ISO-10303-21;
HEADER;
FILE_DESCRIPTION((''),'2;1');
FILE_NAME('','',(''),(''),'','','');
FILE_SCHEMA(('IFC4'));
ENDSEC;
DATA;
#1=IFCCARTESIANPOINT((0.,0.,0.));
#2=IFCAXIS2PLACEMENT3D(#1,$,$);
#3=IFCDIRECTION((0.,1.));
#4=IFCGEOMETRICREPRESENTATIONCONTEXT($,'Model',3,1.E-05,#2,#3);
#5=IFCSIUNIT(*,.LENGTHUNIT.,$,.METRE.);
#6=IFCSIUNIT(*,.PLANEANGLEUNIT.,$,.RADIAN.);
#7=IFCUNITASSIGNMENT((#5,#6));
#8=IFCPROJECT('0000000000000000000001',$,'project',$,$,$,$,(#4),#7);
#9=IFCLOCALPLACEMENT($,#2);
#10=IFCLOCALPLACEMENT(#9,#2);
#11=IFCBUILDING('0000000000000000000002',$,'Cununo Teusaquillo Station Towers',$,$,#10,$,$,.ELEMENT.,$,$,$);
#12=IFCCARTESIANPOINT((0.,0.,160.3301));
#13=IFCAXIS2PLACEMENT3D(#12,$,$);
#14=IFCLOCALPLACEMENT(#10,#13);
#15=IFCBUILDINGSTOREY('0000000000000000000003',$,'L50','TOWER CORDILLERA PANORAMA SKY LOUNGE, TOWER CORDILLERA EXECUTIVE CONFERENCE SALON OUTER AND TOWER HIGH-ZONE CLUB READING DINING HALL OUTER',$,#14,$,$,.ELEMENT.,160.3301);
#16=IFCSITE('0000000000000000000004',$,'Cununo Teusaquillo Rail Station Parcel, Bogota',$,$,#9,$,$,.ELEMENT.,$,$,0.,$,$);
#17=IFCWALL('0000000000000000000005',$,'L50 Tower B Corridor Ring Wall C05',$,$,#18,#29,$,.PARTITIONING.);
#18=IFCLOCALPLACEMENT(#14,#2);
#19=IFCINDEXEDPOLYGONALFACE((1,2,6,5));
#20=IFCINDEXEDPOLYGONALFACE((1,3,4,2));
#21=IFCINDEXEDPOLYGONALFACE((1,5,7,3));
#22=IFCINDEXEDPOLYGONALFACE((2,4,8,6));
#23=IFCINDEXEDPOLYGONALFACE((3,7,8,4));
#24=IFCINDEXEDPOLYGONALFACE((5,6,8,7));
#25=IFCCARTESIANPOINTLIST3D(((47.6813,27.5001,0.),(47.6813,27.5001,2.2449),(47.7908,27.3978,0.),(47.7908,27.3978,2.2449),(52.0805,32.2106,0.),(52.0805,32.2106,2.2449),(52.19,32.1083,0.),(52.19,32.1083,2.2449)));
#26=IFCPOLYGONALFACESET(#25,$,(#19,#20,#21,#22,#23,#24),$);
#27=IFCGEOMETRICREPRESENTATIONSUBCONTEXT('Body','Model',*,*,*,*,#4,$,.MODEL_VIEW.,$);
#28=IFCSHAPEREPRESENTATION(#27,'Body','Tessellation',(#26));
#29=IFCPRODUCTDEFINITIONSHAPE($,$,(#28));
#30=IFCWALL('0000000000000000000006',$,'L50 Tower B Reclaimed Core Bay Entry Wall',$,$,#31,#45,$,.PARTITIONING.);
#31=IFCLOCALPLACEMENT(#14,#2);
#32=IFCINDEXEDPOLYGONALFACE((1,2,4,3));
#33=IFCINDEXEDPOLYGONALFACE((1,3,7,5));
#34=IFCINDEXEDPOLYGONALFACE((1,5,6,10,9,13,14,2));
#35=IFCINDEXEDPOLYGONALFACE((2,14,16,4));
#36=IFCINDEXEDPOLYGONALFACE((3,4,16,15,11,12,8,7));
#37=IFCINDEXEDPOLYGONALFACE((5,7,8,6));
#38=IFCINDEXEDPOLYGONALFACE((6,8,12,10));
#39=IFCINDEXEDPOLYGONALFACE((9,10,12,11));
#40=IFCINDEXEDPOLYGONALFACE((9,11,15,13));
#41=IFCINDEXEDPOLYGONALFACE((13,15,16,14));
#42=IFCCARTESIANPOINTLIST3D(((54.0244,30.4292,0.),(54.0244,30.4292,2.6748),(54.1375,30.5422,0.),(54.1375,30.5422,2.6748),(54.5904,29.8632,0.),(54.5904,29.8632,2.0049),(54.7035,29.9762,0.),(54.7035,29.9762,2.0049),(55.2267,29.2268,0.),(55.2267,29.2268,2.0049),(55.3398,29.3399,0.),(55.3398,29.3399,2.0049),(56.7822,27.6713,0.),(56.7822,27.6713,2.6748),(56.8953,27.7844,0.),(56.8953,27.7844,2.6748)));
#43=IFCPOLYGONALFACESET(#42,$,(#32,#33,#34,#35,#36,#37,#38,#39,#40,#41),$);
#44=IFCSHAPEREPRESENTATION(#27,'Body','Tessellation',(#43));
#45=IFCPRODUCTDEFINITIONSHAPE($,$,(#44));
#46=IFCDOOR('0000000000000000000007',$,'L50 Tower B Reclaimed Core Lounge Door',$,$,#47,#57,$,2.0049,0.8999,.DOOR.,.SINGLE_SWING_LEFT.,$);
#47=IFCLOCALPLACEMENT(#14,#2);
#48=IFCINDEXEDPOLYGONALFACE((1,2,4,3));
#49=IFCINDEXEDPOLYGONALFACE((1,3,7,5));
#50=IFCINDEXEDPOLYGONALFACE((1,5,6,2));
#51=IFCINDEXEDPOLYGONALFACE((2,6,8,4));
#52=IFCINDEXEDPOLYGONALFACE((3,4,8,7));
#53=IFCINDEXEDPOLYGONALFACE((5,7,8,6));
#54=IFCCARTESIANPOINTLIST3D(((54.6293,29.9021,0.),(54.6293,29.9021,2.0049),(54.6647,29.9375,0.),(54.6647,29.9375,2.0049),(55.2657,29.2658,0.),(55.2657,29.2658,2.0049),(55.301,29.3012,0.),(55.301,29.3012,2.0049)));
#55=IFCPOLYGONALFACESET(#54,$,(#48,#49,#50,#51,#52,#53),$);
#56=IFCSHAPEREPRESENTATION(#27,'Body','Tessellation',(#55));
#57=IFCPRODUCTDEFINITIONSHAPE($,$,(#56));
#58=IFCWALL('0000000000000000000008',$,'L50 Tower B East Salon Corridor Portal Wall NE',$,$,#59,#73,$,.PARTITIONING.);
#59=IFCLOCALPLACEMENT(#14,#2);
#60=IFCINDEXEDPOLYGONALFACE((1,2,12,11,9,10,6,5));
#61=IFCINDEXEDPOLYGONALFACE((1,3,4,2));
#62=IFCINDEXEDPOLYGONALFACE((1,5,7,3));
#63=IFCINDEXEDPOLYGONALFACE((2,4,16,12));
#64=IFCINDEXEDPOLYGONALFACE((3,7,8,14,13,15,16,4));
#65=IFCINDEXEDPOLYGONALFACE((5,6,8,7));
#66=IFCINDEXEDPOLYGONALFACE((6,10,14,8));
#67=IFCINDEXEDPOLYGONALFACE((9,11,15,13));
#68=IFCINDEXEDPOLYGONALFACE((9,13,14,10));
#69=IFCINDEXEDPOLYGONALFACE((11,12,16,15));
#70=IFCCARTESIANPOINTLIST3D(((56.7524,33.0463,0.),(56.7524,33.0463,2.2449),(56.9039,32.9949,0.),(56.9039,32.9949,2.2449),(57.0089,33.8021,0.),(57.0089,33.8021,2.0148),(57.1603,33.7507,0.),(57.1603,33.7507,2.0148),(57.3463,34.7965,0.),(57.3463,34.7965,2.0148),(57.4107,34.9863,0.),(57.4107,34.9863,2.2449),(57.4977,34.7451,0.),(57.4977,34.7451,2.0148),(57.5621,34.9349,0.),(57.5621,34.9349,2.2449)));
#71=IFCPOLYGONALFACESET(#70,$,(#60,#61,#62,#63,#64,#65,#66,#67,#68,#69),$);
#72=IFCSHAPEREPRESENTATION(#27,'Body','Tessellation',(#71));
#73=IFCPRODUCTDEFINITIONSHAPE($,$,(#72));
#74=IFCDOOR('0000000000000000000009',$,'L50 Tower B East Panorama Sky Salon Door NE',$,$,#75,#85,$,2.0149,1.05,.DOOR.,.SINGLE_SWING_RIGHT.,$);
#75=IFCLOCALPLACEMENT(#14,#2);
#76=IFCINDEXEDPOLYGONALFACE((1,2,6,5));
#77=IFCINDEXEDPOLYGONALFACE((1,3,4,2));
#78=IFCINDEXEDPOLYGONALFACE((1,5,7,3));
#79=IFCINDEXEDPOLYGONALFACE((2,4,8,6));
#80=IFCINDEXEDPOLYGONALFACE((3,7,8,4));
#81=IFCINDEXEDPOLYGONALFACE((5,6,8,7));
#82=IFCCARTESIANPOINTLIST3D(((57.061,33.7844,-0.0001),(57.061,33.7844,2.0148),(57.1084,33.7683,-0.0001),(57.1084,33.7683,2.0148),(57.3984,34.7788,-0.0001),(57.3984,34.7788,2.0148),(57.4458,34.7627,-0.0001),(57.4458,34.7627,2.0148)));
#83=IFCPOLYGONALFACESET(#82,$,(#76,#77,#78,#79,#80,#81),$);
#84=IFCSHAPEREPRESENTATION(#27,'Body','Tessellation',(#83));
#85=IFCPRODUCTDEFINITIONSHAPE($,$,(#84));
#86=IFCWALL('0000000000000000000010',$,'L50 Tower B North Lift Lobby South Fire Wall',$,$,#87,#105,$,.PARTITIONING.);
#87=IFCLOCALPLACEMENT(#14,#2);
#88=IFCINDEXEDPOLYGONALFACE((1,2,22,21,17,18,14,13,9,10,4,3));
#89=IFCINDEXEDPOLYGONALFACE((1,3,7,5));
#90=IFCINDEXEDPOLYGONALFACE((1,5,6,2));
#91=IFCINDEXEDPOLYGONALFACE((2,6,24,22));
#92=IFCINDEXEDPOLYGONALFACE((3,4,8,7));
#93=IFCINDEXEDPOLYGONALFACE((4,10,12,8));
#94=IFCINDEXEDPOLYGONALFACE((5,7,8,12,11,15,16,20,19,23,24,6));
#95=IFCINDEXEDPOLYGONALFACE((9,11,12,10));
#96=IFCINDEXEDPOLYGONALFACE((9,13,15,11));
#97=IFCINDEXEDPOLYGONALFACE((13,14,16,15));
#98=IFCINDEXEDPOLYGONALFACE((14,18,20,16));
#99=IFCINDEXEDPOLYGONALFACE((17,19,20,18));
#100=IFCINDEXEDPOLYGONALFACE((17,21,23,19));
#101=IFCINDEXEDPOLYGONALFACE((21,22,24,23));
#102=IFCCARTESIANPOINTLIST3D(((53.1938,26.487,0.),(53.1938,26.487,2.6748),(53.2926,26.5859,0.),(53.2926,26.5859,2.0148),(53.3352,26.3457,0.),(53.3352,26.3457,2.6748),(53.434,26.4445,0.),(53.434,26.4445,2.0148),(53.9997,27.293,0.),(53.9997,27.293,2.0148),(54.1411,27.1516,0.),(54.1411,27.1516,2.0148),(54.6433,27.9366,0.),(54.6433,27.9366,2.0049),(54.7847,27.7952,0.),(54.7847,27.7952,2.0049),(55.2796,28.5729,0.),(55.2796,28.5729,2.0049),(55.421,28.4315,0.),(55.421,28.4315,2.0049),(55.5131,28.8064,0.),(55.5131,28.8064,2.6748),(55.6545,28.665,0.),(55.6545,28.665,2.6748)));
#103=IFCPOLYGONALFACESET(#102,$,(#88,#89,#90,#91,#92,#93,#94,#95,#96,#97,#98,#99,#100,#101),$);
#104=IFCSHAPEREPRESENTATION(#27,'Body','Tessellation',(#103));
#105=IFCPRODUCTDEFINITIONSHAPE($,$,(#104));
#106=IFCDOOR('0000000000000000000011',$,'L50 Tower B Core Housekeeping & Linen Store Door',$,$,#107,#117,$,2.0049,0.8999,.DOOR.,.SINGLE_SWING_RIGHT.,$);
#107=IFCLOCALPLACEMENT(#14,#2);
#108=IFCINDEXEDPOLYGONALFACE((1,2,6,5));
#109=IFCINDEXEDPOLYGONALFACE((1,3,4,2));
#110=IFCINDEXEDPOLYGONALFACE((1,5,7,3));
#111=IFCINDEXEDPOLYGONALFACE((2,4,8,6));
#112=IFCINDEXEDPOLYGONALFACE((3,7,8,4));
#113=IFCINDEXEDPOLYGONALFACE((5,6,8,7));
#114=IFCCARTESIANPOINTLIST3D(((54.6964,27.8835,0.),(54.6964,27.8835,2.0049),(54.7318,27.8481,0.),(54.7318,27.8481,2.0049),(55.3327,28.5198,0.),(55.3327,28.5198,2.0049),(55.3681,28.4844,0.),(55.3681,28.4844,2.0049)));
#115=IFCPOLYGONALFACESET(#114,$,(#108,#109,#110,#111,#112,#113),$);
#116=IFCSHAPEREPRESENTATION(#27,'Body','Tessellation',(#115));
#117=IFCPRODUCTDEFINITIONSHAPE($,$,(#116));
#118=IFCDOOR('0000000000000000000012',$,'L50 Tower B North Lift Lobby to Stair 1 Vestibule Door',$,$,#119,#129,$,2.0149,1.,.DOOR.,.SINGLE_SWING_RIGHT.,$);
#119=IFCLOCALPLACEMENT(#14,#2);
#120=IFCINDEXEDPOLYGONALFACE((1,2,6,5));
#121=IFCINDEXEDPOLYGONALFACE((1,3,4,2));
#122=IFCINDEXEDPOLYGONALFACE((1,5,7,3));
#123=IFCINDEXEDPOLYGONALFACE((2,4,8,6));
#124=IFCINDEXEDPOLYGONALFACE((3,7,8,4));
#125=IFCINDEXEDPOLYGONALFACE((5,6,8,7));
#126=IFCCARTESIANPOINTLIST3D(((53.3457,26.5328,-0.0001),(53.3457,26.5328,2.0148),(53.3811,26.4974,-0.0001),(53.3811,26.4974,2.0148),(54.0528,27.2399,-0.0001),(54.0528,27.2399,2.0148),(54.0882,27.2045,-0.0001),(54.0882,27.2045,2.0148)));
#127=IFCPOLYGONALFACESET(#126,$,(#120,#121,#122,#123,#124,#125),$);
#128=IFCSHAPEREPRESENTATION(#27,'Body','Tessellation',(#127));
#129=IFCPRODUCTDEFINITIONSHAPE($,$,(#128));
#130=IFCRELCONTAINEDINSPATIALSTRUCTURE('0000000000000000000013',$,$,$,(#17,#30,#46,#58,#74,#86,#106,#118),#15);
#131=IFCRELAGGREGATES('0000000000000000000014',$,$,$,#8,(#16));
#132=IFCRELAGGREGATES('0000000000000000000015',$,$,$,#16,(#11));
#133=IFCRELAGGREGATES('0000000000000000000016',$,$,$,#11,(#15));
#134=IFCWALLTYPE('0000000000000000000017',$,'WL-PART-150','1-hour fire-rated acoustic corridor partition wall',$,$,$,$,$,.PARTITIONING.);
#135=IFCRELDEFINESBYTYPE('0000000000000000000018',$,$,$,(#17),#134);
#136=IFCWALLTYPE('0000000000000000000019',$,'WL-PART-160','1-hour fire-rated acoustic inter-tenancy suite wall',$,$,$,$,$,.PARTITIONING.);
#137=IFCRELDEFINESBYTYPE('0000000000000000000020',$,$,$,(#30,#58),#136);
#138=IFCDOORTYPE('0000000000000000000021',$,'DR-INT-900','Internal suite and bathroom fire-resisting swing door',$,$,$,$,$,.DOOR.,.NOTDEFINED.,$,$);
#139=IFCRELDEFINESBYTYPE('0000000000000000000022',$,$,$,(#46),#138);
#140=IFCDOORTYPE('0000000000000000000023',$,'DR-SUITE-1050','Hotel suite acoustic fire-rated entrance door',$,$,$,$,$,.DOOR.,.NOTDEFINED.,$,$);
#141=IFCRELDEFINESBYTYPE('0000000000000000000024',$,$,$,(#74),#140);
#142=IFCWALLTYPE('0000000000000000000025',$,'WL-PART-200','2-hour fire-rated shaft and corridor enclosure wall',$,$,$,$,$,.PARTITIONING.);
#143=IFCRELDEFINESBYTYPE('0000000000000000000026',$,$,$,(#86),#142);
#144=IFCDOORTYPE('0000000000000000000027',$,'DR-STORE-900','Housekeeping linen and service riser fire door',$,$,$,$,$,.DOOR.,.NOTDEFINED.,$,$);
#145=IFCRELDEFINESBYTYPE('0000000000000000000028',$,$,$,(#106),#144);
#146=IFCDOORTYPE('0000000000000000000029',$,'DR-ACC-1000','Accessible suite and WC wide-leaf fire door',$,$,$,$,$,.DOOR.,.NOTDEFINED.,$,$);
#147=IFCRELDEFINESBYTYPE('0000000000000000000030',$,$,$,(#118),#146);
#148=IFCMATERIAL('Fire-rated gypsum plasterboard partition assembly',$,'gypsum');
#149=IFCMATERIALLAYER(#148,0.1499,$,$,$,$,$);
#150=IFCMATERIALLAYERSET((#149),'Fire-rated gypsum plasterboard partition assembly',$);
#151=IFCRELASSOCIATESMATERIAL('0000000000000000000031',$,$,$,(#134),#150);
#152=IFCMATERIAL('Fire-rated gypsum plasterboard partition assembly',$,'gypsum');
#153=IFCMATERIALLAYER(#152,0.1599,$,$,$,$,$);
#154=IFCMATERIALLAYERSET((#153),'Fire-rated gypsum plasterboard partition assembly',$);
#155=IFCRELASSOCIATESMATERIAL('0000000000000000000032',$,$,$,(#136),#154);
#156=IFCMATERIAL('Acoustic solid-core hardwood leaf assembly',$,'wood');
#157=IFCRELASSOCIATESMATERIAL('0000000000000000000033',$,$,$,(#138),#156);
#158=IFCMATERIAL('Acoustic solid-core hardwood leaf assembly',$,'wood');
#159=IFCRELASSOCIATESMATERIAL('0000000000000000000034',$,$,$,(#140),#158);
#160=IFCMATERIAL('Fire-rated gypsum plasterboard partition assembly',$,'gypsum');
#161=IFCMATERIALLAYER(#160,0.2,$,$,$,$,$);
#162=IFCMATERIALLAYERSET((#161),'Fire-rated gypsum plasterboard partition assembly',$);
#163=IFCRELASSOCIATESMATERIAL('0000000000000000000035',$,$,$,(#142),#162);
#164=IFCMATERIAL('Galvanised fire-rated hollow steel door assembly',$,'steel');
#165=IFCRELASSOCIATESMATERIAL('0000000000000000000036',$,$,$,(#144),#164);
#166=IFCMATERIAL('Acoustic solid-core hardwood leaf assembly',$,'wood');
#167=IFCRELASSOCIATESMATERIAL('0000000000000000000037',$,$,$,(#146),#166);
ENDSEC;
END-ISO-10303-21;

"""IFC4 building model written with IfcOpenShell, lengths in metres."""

from ifc_helpers import new_model, si_unit, direction, frame, frame_2d, origin, place, context, subcontext, project, spatial, rectangle, extrude, source, transform, mapped, material, layer, layer_set, type_object, element, fill, save


model = new_model("IFC4")

# Units and contexts
model_context = context("Model", 3, precision=1e-05, world=origin(), true_north=direction((0.0, 1.0)))
body_context = subcontext(model_context, "Body", "Model", "MODEL_VIEW")
ifc_project = project(units=[si_unit("LENGTHUNIT", "METRE"), si_unit("PLANEANGLEUNIT", "RADIAN")], contexts=[model_context])

# Site, building, storey
site_placement = place(None, origin())
site = spatial("IfcSite", under=ifc_project, at=site_placement, Name="Cununo Teusaquillo Rail Station Parcel, Bogota", CompositionType="ELEMENT", RefElevation=0.0)
building_placement = place(site_placement, origin())
building = spatial("IfcBuilding", under=site, at=building_placement, Name="Cununo Teusaquillo Station Towers", CompositionType="ELEMENT")
storey_placement = place(building_placement, frame((0.0, 0.0, 160.3301)))
storey = spatial("IfcBuildingStorey", under=building, at=storey_placement, Name="L50", Description="TOWER CORDILLERA PANORAMA SKY LOUNGE, TOWER CORDILLERA EXECUTIVE CONFERENCE SALON OUTER AND TOWER HIGH-ZONE CLUB READING DINING HALL OUTER", CompositionType="ELEMENT", Elevation=160.3301)

# Wall
ifc_material_1 = material(Name="Fire-rated gypsum plasterboard partition assembly", Category="gypsum")
ifc_layer_1 = layer(ifc_material_1, 0.1499)
ifc_layer_set_1 = layer_set([ifc_layer_1], Name="Fire-rated gypsum plasterboard partition assembly")
wall_type_1 = type_object("IfcWallType", Name="WL-PART-150", Description="1-hour fire-rated acoustic corridor partition wall", PredefinedType="PARTITIONING", material=ifc_layer_set_1)
wall_1_placement = place(storey_placement, frame((52.1353, 32.1594, 0.0), z_axis=(0.0, 0.0, 1.0), x_axis=(-0.682546, -0.730842, 0.0)))
element("IfcWall", 1, at=wall_1_placement, inside=storey, type_object=wall_type_1, Name="L50 Tower B Corridor Ring Wall C05", PredefinedType="PARTITIONING", context=body_context, shape_type="SweptSolid", body=[
    extrude(rectangle(XDim=6.4453, YDim=0.1499, at=frame_2d((3.2227, 0.0))), origin(), (0.0, 0.0, 1.0), 2.2449),
])

# Walls, openings, doors
ifc_material_2 = material(Name="Fire-rated gypsum plasterboard partition assembly", Category="gypsum")
ifc_layer_2 = layer(ifc_material_2, 0.1599)
ifc_layer_set_2 = layer_set([ifc_layer_2], Name="Fire-rated gypsum plasterboard partition assembly")
wall_type_2 = type_object("IfcWallType", Name="WL-PART-160", Description="1-hour fire-rated acoustic inter-tenancy suite wall", PredefinedType="PARTITIONING", material=ifc_layer_set_2)
wall_2_placement = place(storey_placement, frame((56.8389, 27.7278, 0.0), z_axis=(0.0, 0.0, 1.0), x_axis=(-0.707107, 0.707107, 0.0)))
wall_2 = element("IfcWall", 2, at=wall_2_placement, inside=storey, type_object=wall_type_2, Name="L50 Tower B Reclaimed Core Bay Entry Wall", PredefinedType="PARTITIONING", context=body_context, shape_type="SweptSolid", body=[
    extrude(rectangle(XDim=3.9001, YDim=0.1599, at=frame_2d((1.9502, 0.0))), origin(), (0.0, 0.0, 1.0), 2.6748),
])
shared_shape_1 = source(origin(), body_context, "Body", "SweptSolid", [
    extrude(rectangle(XDim=0.8999, YDim=2.0049, at=frame_2d((0.45, 1.0024))), frame((0.0, 0.0898, 0.0), z_axis=(0.0, -1.0, 0.0), x_axis=(1.0, 0.0, 0.0)), (0.0, 0.0, 1.0), 0.1799),
])
opening_1_placement = place(wall_2_placement, frame((2.2, 0.0, 0.0)))
opening_1 = element("IfcOpeningElement", 3, at=opening_1_placement, cuts=wall_2, PredefinedType="OPENING", context=body_context, shape_type="MappedRepresentation", body=[
    mapped(shared_shape_1, transform((0.0, 0.0, 0.0), x_axis=(1.0, 0.0, 0.0), y_axis=(0.0, 1.0, 0.0), z_axis=(0.0, 0.0, 1.0), scale=1.0)),
])
ifc_material_3 = material(Name="Acoustic solid-core hardwood leaf assembly", Category="wood")
door_type_1 = type_object("IfcDoorType", Name="DR-INT-900", Description="Internal suite and bathroom fire-resisting swing door", OperationType="NOTDEFINED", PredefinedType="DOOR", material=ifc_material_3)
shared_shape_2 = source(origin(), body_context, "Body", "SweptSolid", [
    extrude(rectangle(XDim=0.8999, YDim=2.0049, at=frame_2d((0.45, 1.0024))), frame((0.0, 0.0249, 0.0), z_axis=(0.0, -1.0, 0.0), x_axis=(1.0, 0.0, 0.0)), (0.0, 0.0, 1.0), 0.05),
])
door_1_placement = place(opening_1_placement, origin())
door_1 = element("IfcDoor", 4, at=door_1_placement, inside=storey, type_object=door_type_1, Name="L50 Tower B Reclaimed Core Lounge Door", OperationType="SINGLE_SWING_LEFT", OverallHeight=2.0049, OverallWidth=0.8999, PredefinedType="DOOR", context=body_context, shape_type="MappedRepresentation", body=[
    mapped(shared_shape_2, transform((0.0, 0.0, 0.0), x_axis=(1.0, 0.0, 0.0), y_axis=(0.0, 1.0, 0.0), z_axis=(0.0, 0.0, 1.0), scale=1.0)),
])
fill(opening_1, door_1)
wall_3_placement = place(storey_placement, frame((56.8281, 33.0205, 0.0), z_axis=(0.0, 0.0, 1.0), x_axis=(0.3213, 0.946977, 0.0)))
wall_3 = element("IfcWall", 5, at=wall_3_placement, inside=storey, type_object=wall_type_2, Name="L50 Tower B East Salon Corridor Portal Wall NE", PredefinedType="PARTITIONING", context=body_context, shape_type="SweptSolid", body=[
    extrude(rectangle(XDim=2.0486, YDim=0.1599, at=frame_2d((1.0244, 0.0))), origin(), (0.0, 0.0, 1.0), 2.2449),
])
shared_shape_3 = source(origin(), body_context, "Body", "SweptSolid", [
    extrude(rectangle(XDim=1.05, YDim=2.0149, at=frame_2d((0.5249, 1.0073))), frame((0.0, 0.0898, 0.0), z_axis=(0.0, -1.0, 0.0), x_axis=(1.0, 0.0, 0.0)), (0.0, 0.0, 1.0), 0.1799),
])
opening_2_placement = place(wall_3_placement, frame((0.7983, 0.0, 0.0)))
opening_2 = element("IfcOpeningElement", 6, at=opening_2_placement, cuts=wall_3, PredefinedType="OPENING", context=body_context, shape_type="MappedRepresentation", body=[
    mapped(shared_shape_3, transform((0.0, 0.0, 0.0), x_axis=(1.0, 0.0, 0.0), y_axis=(0.0, 1.0, 0.0), z_axis=(0.0, 0.0, 1.0), scale=1.0)),
])
ifc_material_4 = material(Name="Acoustic solid-core hardwood leaf assembly", Category="wood")
door_type_2 = type_object("IfcDoorType", Name="DR-SUITE-1050", Description="Hotel suite acoustic fire-rated entrance door", OperationType="NOTDEFINED", PredefinedType="DOOR", material=ifc_material_4)
shared_shape_4 = source(origin(), body_context, "Body", "SweptSolid", [
    extrude(rectangle(XDim=1.05, YDim=2.0149, at=frame_2d((0.5249, 1.0073))), frame((0.0, 0.0249, 0.0), z_axis=(0.0, -1.0, 0.0), x_axis=(1.0, 0.0, 0.0)), (0.0, 0.0, 1.0), 0.05),
])
door_2_placement = place(opening_2_placement, origin())
door_2 = element("IfcDoor", 7, at=door_2_placement, inside=storey, type_object=door_type_2, Name="L50 Tower B East Panorama Sky Salon Door NE", OperationType="SINGLE_SWING_RIGHT", OverallHeight=2.0149, OverallWidth=1.05, PredefinedType="DOOR", context=body_context, shape_type="MappedRepresentation", body=[
    mapped(shared_shape_4, transform((0.0, 0.0, 0.0), x_axis=(1.0, 0.0, 0.0), y_axis=(0.0, 1.0, 0.0), z_axis=(0.0, 0.0, 1.0), scale=1.0)),
])
fill(opening_2, door_2)

# Wall, openings, doors
ifc_material_5 = material(Name="Fire-rated gypsum plasterboard partition assembly", Category="gypsum")
ifc_layer_3 = layer(ifc_material_5, 0.2)
ifc_layer_set_3 = layer_set([ifc_layer_3], Name="Fire-rated gypsum plasterboard partition assembly")
wall_type_3 = type_object("IfcWallType", Name="WL-PART-200", Description="2-hour fire-rated shaft and corridor enclosure wall", PredefinedType="PARTITIONING", material=ifc_layer_set_3)
wall_4_placement = place(storey_placement, frame((53.2644, 26.4163, 0.0), z_axis=(0.0, 0.0, 1.0), x_axis=(0.707107, 0.707107, 0.0)))
wall_4 = element("IfcWall", 8, at=wall_4_placement, inside=storey, type_object=wall_type_3, Name="L50 Tower B North Lift Lobby South Fire Wall", PredefinedType="PARTITIONING", context=body_context, shape_type="SweptSolid", body=[
    extrude(rectangle(XDim=3.28, YDim=0.2, at=frame_2d((1.6401, 0.0))), origin(), (0.0, 0.0, 1.0), 2.6748),
])
shared_shape_5 = source(origin(), body_context, "Body", "SweptSolid", [
    extrude(rectangle(XDim=1.0, YDim=2.0149, at=frame_2d((0.5, 1.0073))), frame((0.0, 0.1099, 0.0), z_axis=(0.0, -1.0, 0.0), x_axis=(1.0, 0.0, 0.0)), (0.0, 0.0, 1.0), 0.22),
])
opening_3_placement = place(wall_4_placement, frame((0.1399, 0.0, 0.0)))
opening_3 = element("IfcOpeningElement", 9, at=opening_3_placement, cuts=wall_4, PredefinedType="OPENING", context=body_context, shape_type="MappedRepresentation", body=[
    mapped(shared_shape_5, transform((0.0, 0.0, 0.0), x_axis=(1.0, 0.0, 0.0), y_axis=(0.0, 1.0, 0.0), z_axis=(0.0, 0.0, 1.0), scale=1.0)),
])
shared_shape_6 = source(origin(), body_context, "Body", "SweptSolid", [
    extrude(rectangle(XDim=0.8999, YDim=2.0049, at=frame_2d((0.45, 1.0024))), frame((0.0, 0.1099, 0.0), z_axis=(0.0, -1.0, 0.0), x_axis=(1.0, 0.0, 0.0)), (0.0, 0.0, 1.0), 0.22),
])
opening_4_placement = place(wall_4_placement, frame((2.05, 0.0, 0.0)))
opening_4 = element("IfcOpeningElement", 10, at=opening_4_placement, cuts=wall_4, PredefinedType="OPENING", context=body_context, shape_type="MappedRepresentation", body=[
    mapped(shared_shape_6, transform((0.0, 0.0, 0.0), x_axis=(1.0, 0.0, 0.0), y_axis=(0.0, 1.0, 0.0), z_axis=(0.0, 0.0, 1.0), scale=1.0)),
])
ifc_material_6 = material(Name="Galvanised fire-rated hollow steel door assembly", Category="steel")
door_type_3 = type_object("IfcDoorType", Name="DR-STORE-900", Description="Housekeeping linen and service riser fire door", OperationType="NOTDEFINED", PredefinedType="DOOR", material=ifc_material_6)
door_3_placement = place(opening_4_placement, origin())
door_3 = element("IfcDoor", 11, at=door_3_placement, inside=storey, type_object=door_type_3, Name="L50 Tower B Core Housekeeping & Linen Store Door", OperationType="SINGLE_SWING_RIGHT", OverallHeight=2.0049, OverallWidth=0.8999, PredefinedType="DOOR", context=body_context, shape_type="MappedRepresentation", body=[
    mapped(shared_shape_2, transform((0.0, 0.0, 0.0), x_axis=(1.0, 0.0, 0.0), y_axis=(0.0, 1.0, 0.0), z_axis=(0.0, 0.0, 1.0), scale=1.0)),
])
fill(opening_4, door_3)
ifc_material_7 = material(Name="Acoustic solid-core hardwood leaf assembly", Category="wood")
door_type_4 = type_object("IfcDoorType", Name="DR-ACC-1000", Description="Accessible suite and WC wide-leaf fire door", OperationType="NOTDEFINED", PredefinedType="DOOR", material=ifc_material_7)
shared_shape_7 = source(origin(), body_context, "Body", "SweptSolid", [
    extrude(rectangle(XDim=1.0, YDim=2.0149, at=frame_2d((0.5, 1.0073))), frame((0.0, 0.0249, 0.0), z_axis=(0.0, -1.0, 0.0), x_axis=(1.0, 0.0, 0.0)), (0.0, 0.0, 1.0), 0.05),
])
door_4_placement = place(opening_3_placement, origin())
door_4 = element("IfcDoor", 12, at=door_4_placement, inside=storey, type_object=door_type_4, Name="L50 Tower B North Lift Lobby to Stair 1 Vestibule Door", OperationType="SINGLE_SWING_RIGHT", OverallHeight=2.0149, OverallWidth=1.0, PredefinedType="DOOR", context=body_context, shape_type="MappedRepresentation", body=[
    mapped(shared_shape_7, transform((0.0, 0.0, 0.0), x_axis=(1.0, 0.0, 0.0), y_axis=(0.0, 1.0, 0.0), z_axis=(0.0, 0.0, 1.0), scale=1.0)),
])
fill(opening_3, door_4)

save(model, "model.ifc")
